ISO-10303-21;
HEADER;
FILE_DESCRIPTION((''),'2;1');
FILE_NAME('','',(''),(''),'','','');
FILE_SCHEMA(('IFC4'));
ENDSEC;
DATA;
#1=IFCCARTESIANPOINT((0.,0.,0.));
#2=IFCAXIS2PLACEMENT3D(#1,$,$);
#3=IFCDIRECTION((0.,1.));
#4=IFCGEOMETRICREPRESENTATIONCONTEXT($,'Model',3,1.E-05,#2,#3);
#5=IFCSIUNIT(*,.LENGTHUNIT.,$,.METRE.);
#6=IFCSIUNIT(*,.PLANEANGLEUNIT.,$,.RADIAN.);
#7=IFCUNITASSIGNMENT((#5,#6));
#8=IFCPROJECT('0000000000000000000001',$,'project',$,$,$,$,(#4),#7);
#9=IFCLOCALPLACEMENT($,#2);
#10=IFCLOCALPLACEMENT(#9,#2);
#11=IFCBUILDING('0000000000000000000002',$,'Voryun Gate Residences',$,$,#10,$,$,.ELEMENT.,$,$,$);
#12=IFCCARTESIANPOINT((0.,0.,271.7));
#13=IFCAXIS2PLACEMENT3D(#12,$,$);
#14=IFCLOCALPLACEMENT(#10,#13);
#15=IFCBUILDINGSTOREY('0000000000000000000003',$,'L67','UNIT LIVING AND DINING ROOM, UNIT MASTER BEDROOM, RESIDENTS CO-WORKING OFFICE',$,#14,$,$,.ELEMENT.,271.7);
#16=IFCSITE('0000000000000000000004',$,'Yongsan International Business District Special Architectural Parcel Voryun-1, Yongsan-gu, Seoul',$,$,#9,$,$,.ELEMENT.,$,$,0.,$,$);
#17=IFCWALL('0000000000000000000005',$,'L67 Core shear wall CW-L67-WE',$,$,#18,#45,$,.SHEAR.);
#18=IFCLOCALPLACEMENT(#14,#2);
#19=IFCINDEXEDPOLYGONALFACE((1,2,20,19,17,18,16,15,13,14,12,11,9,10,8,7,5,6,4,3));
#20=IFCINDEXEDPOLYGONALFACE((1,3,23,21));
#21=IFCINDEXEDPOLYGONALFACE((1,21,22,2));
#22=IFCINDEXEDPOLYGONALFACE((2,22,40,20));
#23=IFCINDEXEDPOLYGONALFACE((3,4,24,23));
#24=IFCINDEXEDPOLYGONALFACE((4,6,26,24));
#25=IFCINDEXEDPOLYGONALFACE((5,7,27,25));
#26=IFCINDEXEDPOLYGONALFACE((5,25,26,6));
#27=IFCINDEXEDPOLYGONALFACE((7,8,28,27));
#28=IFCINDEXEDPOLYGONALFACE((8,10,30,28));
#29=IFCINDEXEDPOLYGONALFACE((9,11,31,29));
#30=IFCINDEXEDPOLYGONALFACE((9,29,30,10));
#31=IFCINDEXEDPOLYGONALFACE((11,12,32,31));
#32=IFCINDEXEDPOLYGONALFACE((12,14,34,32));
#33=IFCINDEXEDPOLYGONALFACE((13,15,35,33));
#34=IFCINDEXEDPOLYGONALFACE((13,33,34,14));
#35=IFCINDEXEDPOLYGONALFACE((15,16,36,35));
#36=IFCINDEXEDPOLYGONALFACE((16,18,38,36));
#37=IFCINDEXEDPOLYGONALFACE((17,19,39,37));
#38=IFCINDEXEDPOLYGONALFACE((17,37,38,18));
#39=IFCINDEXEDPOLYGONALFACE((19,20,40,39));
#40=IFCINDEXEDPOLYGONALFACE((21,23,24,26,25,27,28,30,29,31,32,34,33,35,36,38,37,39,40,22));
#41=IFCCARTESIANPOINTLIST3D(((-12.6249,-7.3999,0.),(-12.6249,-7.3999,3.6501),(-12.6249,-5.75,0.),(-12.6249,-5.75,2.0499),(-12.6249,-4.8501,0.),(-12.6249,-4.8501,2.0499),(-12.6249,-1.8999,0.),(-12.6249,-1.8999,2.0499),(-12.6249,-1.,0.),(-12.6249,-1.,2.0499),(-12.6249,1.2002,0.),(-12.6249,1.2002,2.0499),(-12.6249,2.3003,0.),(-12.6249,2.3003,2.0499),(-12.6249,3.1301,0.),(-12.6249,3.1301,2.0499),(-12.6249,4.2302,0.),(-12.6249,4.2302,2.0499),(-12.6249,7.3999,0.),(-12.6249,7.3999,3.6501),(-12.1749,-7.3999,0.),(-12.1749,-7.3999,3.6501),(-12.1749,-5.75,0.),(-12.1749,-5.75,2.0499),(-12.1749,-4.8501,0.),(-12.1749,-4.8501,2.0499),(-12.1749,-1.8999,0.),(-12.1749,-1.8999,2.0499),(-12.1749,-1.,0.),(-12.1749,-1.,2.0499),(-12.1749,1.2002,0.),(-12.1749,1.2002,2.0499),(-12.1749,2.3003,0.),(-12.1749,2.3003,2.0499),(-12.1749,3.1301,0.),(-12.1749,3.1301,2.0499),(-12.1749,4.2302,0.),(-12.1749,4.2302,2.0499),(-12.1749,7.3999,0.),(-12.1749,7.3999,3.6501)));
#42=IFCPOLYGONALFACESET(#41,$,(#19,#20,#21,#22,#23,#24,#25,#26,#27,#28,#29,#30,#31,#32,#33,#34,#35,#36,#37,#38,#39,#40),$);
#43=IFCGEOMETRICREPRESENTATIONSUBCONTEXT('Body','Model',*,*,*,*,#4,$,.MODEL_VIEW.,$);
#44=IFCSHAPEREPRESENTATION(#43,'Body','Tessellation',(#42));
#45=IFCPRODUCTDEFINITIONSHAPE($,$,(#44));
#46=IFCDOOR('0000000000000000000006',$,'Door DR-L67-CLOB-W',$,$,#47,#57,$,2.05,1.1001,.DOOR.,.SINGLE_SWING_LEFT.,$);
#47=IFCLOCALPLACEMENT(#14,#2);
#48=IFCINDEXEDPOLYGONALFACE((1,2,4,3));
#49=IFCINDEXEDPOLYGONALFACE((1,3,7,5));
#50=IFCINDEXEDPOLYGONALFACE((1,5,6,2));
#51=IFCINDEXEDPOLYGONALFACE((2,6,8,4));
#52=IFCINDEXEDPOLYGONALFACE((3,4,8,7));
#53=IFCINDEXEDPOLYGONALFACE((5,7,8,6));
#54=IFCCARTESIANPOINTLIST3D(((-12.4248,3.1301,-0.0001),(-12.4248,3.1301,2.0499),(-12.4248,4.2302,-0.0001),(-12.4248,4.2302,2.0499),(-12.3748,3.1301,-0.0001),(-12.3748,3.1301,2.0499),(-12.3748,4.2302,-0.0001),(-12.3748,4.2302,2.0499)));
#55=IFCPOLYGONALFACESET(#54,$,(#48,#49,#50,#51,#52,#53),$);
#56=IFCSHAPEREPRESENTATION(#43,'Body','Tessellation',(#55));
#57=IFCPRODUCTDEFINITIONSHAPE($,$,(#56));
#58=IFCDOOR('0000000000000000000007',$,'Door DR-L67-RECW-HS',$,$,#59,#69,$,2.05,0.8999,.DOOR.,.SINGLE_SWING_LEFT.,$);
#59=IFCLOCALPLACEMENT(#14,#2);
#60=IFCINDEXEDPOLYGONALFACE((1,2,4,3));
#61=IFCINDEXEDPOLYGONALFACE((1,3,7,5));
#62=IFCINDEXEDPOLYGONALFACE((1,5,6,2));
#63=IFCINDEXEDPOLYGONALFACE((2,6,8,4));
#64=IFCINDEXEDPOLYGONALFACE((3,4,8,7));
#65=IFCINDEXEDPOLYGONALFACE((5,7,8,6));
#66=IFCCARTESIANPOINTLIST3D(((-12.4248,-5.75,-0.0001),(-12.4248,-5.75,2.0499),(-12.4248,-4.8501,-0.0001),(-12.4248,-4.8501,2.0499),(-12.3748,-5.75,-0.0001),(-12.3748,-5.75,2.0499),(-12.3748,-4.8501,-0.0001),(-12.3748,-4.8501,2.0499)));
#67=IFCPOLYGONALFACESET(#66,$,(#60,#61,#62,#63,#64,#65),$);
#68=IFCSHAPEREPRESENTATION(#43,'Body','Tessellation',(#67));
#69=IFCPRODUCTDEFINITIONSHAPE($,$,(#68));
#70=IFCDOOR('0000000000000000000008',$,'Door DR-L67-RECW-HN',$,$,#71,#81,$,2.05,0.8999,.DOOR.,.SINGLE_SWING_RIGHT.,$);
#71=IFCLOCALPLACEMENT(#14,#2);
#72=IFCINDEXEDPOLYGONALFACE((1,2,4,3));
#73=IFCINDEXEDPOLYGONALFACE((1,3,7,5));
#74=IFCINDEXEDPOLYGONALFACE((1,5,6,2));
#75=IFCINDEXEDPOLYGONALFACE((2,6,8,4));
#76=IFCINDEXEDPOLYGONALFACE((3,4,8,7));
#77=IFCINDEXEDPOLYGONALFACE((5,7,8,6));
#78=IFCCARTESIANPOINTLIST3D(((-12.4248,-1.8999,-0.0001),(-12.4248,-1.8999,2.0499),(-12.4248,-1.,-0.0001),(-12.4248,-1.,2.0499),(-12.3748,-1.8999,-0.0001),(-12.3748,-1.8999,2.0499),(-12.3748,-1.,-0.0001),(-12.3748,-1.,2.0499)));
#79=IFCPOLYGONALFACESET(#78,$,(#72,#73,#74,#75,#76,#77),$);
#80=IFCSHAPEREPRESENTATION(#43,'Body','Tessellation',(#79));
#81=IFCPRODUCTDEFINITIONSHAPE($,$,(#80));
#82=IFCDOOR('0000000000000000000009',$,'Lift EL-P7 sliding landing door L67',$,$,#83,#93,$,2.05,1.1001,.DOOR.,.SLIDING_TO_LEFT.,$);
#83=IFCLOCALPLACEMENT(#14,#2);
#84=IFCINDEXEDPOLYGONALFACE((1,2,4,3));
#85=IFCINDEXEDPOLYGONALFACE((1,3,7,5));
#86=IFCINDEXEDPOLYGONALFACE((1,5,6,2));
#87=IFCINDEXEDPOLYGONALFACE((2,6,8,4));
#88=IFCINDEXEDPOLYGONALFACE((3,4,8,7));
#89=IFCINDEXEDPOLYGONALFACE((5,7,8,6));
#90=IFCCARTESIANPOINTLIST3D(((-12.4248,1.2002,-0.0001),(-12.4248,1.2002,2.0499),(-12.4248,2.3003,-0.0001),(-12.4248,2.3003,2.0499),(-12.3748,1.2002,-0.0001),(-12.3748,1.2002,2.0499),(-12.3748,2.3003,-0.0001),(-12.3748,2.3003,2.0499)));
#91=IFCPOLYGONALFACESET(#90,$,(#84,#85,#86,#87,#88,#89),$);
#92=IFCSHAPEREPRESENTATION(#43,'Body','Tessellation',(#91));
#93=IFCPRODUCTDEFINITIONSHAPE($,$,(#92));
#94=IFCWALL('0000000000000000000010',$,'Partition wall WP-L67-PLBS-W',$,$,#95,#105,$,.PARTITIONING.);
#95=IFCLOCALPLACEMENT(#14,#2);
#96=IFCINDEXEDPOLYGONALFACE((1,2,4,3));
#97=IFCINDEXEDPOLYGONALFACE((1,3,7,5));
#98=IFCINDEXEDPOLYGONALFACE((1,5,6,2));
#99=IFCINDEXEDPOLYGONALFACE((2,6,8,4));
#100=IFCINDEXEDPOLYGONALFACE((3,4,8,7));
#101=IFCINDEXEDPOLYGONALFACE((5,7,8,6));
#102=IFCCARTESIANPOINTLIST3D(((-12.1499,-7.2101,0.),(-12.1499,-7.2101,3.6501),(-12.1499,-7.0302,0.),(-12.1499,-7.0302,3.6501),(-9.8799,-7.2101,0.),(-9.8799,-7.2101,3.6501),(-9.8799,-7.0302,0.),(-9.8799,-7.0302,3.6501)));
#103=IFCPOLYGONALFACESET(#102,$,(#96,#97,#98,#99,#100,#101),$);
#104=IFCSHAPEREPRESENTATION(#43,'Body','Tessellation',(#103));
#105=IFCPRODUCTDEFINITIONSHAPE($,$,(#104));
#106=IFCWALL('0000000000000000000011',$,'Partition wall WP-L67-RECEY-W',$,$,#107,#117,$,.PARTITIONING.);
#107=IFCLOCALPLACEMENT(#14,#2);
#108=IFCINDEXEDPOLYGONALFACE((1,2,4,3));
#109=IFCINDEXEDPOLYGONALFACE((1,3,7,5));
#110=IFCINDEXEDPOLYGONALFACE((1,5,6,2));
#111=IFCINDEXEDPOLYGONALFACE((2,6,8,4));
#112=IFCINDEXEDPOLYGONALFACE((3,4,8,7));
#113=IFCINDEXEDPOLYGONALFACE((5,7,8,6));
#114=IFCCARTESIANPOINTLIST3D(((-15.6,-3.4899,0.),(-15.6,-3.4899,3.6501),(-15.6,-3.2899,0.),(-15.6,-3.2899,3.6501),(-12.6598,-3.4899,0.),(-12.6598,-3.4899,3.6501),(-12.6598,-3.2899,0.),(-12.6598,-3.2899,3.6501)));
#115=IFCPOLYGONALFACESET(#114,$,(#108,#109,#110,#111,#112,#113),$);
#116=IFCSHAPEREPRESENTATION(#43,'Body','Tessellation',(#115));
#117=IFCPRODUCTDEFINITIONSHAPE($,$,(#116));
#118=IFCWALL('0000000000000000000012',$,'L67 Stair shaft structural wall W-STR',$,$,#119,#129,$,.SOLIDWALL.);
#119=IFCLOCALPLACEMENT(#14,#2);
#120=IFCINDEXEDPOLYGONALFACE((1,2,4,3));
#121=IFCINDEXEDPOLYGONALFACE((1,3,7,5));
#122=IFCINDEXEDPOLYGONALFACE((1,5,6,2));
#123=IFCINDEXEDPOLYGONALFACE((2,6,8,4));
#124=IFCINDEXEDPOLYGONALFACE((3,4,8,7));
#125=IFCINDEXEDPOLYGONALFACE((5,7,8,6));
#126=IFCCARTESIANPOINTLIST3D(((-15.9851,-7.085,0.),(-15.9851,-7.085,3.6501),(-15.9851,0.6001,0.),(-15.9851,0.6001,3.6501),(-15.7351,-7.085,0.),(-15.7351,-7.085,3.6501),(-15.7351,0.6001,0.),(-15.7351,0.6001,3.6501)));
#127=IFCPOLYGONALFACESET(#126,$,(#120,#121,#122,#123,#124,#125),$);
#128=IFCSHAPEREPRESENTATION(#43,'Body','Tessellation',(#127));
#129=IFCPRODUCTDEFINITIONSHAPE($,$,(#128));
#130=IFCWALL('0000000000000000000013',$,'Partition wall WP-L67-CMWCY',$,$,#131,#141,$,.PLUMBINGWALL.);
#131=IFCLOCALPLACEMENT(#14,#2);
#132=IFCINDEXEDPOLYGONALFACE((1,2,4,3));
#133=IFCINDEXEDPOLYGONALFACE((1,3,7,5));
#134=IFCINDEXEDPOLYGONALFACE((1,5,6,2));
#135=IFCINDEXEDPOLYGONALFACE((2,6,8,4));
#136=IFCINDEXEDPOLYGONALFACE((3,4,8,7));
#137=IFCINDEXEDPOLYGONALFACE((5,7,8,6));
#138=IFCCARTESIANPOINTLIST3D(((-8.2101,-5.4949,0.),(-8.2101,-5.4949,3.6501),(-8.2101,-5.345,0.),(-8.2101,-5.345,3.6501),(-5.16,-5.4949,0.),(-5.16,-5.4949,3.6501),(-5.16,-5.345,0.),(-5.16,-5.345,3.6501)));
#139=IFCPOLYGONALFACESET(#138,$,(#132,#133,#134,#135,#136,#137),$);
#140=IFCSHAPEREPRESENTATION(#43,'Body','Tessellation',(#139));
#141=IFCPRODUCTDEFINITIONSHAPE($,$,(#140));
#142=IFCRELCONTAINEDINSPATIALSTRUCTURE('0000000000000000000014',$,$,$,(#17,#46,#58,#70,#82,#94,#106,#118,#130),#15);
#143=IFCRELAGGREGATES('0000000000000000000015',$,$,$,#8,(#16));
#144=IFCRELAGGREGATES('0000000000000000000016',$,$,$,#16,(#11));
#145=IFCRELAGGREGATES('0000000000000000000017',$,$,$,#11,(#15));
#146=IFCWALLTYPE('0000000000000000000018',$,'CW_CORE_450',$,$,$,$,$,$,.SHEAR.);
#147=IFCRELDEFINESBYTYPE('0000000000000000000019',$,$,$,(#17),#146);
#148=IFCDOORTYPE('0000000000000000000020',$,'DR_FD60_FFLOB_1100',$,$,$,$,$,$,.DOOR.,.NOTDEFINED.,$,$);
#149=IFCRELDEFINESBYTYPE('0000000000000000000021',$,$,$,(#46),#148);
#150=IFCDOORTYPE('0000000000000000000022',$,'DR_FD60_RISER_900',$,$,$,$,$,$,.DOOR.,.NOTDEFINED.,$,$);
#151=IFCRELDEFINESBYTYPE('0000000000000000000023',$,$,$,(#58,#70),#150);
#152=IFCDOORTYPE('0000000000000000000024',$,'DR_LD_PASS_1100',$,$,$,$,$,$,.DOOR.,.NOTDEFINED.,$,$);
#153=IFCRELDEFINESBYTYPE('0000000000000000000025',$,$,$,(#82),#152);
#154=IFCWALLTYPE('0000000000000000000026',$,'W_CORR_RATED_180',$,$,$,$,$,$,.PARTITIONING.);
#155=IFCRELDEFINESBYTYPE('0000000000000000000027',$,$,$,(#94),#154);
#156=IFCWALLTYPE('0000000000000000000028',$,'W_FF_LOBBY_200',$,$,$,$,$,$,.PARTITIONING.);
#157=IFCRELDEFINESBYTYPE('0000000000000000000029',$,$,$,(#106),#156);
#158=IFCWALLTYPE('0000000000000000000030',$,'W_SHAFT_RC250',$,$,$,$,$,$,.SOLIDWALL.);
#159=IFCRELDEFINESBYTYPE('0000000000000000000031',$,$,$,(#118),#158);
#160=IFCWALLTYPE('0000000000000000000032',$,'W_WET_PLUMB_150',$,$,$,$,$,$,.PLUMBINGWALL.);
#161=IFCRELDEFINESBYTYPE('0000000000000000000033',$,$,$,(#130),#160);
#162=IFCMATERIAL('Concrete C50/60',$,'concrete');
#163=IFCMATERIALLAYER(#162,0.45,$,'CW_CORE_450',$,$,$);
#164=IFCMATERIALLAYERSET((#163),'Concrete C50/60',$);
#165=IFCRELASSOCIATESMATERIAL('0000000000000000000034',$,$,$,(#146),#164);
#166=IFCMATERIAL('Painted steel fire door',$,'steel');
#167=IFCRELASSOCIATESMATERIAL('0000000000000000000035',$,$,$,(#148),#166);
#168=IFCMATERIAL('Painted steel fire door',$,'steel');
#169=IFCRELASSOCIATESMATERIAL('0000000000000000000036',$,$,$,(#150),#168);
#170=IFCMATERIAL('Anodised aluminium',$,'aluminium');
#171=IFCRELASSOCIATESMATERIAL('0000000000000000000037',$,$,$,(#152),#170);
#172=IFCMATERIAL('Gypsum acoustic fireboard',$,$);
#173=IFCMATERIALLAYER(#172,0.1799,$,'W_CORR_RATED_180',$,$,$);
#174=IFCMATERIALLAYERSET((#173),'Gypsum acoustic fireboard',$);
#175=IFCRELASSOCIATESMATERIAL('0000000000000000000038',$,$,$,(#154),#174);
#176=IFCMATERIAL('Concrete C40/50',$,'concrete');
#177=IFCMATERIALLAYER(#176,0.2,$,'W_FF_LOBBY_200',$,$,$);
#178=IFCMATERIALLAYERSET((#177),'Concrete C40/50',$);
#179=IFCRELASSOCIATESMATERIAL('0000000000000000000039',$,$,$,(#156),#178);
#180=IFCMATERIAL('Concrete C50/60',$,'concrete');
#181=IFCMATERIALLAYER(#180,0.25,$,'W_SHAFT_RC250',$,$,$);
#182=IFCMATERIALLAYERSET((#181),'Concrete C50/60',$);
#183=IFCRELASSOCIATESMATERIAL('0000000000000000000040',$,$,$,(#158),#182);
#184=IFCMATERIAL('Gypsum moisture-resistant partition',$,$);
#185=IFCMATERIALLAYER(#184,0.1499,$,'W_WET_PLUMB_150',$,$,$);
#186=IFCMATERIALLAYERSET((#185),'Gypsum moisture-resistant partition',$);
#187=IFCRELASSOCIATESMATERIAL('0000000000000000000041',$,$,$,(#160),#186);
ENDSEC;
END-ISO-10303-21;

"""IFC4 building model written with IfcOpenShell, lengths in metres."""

from ifc_helpers import new_model, si_unit, direction, frame, frame_2d, origin, place, context, subcontext, project, spatial, rectangle, extrude, material, layer, layer_set, type_object, element, fill, save


model = new_model("IFC4")

# Units and contexts
model_context = context("Model", 3, precision=1e-05, world=origin(), true_north=direction((0.0, 1.0)))
body_context = subcontext(model_context, "Body", "Model", "MODEL_VIEW")
ifc_project = project(units=[si_unit("LENGTHUNIT", "METRE"), si_unit("PLANEANGLEUNIT", "RADIAN")], contexts=[model_context])

# Site, building, storey
site_placement = place(None, origin())
site = spatial("IfcSite", under=ifc_project, at=site_placement, Name="Yongsan International Business District Special Architectural Parcel Voryun-1, Yongsan-gu, Seoul", CompositionType="ELEMENT", RefElevation=0.0)
building_placement = place(site_placement, origin())
building = spatial("IfcBuilding", under=site, at=building_placement, Name="Voryun Gate Residences", CompositionType="ELEMENT")
storey_placement = place(building_placement, frame((0.0, 0.0, 271.7)))
storey = spatial("IfcBuildingStorey", under=building, at=storey_placement, Name="L67", Description="UNIT LIVING AND DINING ROOM, UNIT MASTER BEDROOM, RESIDENTS CO-WORKING OFFICE", CompositionType="ELEMENT", Elevation=271.7)

# Wall, openings, doors
ifc_material_1 = material(Name="Concrete C50/60", Category="concrete")
ifc_layer_1 = layer(ifc_material_1, 0.45, Name="CW_CORE_450")
ifc_layer_set_1 = layer_set([ifc_layer_1], Name="Concrete C50/60")
wall_type_1 = type_object("IfcWallType", Name="CW_CORE_450", PredefinedType="SHEAR", material=ifc_layer_set_1)
wall_1_placement = place(storey_placement, frame((-12.3999, -7.3999, 0.0), z_axis=(0.0, 0.0, 1.0), x_axis=(0.0, 1.0, 0.0)))
wall_1 = element("IfcWall", 1, at=wall_1_placement, inside=storey, type_object=wall_type_1, Name="L67 Core shear wall CW-L67-WE", PredefinedType="SHEAR", context=body_context, shape_type="SweptSolid", body=[
    extrude(rectangle(XDim=14.7998, YDim=0.45, at=frame_2d((7.3999, 0.0))), origin(), (0.0, 0.0, 1.0), 3.6501),
])
opening_1_placement = place(wall_1_placement, frame((8.6001, 0.0, 0.0)))
opening_1 = element("IfcOpeningElement", 2, at=opening_1_placement, cuts=wall_1, PredefinedType="OPENING", context=body_context, shape_type="SweptSolid", body=[
    extrude(rectangle(XDim=1.1001, YDim=2.05, at=frame_2d((0.55, 1.0249))), frame((0.0, 0.2351, 0.0), z_axis=(0.0, -1.0, 0.0), x_axis=(1.0, 0.0, 0.0)), (0.0, 0.0, 1.0), 0.47),
])
opening_2_placement = place(wall_1_placement, frame((10.53, 0.0, 0.0)))
opening_2 = element("IfcOpeningElement", 3, at=opening_2_placement, cuts=wall_1, PredefinedType="OPENING", context=body_context, shape_type="SweptSolid", body=[
    extrude(rectangle(XDim=1.1001, YDim=2.05, at=frame_2d((0.55, 1.0249))), frame((0.0, 0.2351, 0.0), z_axis=(0.0, -1.0, 0.0), x_axis=(1.0, 0.0, 0.0)), (0.0, 0.0, 1.0), 0.47),
])
opening_3_placement = place(wall_1_placement, frame((1.6499, 0.0, 0.0)))
opening_3 = element("IfcOpeningElement", 4, at=opening_3_placement, cuts=wall_1, PredefinedType="OPENING", context=body_context, shape_type="SweptSolid", body=[
    extrude(rectangle(XDim=0.8999, YDim=2.05, at=frame_2d((0.45, 1.0249))), frame((0.0, 0.2351, 0.0), z_axis=(0.0, -1.0, 0.0), x_axis=(1.0, 0.0, 0.0)), (0.0, 0.0, 1.0), 0.47),
])
opening_4_placement = place(wall_1_placement, frame((5.5, 0.0, 0.0)))
opening_4 = element("IfcOpeningElement", 5, at=opening_4_placement, cuts=wall_1, PredefinedType="OPENING", context=body_context, shape_type="SweptSolid", body=[
    extrude(rectangle(XDim=0.8999, YDim=2.05, at=frame_2d((0.45, 1.0249))), frame((0.0, 0.2351, 0.0), z_axis=(0.0, -1.0, 0.0), x_axis=(1.0, 0.0, 0.0)), (0.0, 0.0, 1.0), 0.47),
])
ifc_material_2 = material(Name="Painted steel fire door", Category="steel")
door_type_1 = type_object("IfcDoorType", Name="DR_FD60_FFLOB_1100", OperationType="NOTDEFINED", PredefinedType="DOOR", material=ifc_material_2)
door_1_placement = place(opening_2_placement, origin())
door_1 = element("IfcDoor", 6, at=door_1_placement, inside=storey, type_object=door_type_1, Name="Door DR-L67-CLOB-W", OperationType="SINGLE_SWING_LEFT", OverallHeight=2.05, OverallWidth=1.1001, PredefinedType="DOOR", context=body_context, shape_type="SweptSolid", body=[
    extrude(rectangle(XDim=1.1001, YDim=2.05, at=frame_2d((0.55, 1.0249))), frame((0.0, 0.0249, 0.0), z_axis=(0.0, -1.0, 0.0), x_axis=(1.0, 0.0, 0.0)), (0.0, 0.0, 1.0), 0.05),
])
fill(opening_2, door_1)
ifc_material_3 = material(Name="Painted steel fire door", Category="steel")
door_type_2 = type_object("IfcDoorType", Name="DR_FD60_RISER_900", OperationType="NOTDEFINED", PredefinedType="DOOR", material=ifc_material_3)
door_2_placement = place(opening_3_placement, origin())
door_2 = element("IfcDoor", 7, at=door_2_placement, inside=storey, type_object=door_type_2, Name="Door DR-L67-RECW-HS", OperationType="SINGLE_SWING_LEFT", OverallHeight=2.05, OverallWidth=0.8999, PredefinedType="DOOR", context=body_context, shape_type="SweptSolid", body=[
    extrude(rectangle(XDim=0.8999, YDim=2.05, at=frame_2d((0.45, 1.0249))), frame((0.0, 0.0249, 0.0), z_axis=(0.0, -1.0, 0.0), x_axis=(1.0, 0.0, 0.0)), (0.0, 0.0, 1.0), 0.05),
])
fill(opening_3, door_2)
door_3_placement = place(opening_4_placement, origin())
door_3 = element("IfcDoor", 8, at=door_3_placement, inside=storey, type_object=door_type_2, Name="Door DR-L67-RECW-HN", OperationType="SINGLE_SWING_RIGHT", OverallHeight=2.05, OverallWidth=0.8999, PredefinedType="DOOR", context=body_context, shape_type="SweptSolid", body=[
    extrude(rectangle(XDim=0.8999, YDim=2.05, at=frame_2d((0.45, 1.0249))), frame((0.0, 0.0249, 0.0), z_axis=(0.0, -1.0, 0.0), x_axis=(1.0, 0.0, 0.0)), (0.0, 0.0, 1.0), 0.05),
])
fill(opening_4, door_3)
ifc_material_4 = material(Name="Anodised aluminium", Category="aluminium")
door_type_3 = type_object("IfcDoorType", Name="DR_LD_PASS_1100", OperationType="NOTDEFINED", PredefinedType="DOOR", material=ifc_material_4)
door_4_placement = place(opening_1_placement, origin())
door_4 = element("IfcDoor", 9, at=door_4_placement, inside=storey, type_object=door_type_3, Name="Lift EL-P7 sliding landing door L67", OperationType="SLIDING_TO_LEFT", OverallHeight=2.05, OverallWidth=1.1001, PredefinedType="DOOR", context=body_context, shape_type="SweptSolid", body=[
    extrude(rectangle(XDim=1.1001, YDim=2.05, at=frame_2d((0.55, 1.0249))), frame((0.0, 0.0249, 0.0), z_axis=(0.0, -1.0, 0.0), x_axis=(1.0, 0.0, 0.0)), (0.0, 0.0, 1.0), 0.05),
])
fill(opening_1, door_4)

# Walls
ifc_material_5 = material(Name="Gypsum acoustic fireboard")
ifc_layer_2 = layer(ifc_material_5, 0.1799, Name="W_CORR_RATED_180")
ifc_layer_set_2 = layer_set([ifc_layer_2], Name="Gypsum acoustic fireboard")
wall_type_2 = type_object("IfcWallType", Name="W_CORR_RATED_180", PredefinedType="PARTITIONING", material=ifc_layer_set_2)
wall_2_placement = place(storey_placement, frame((-12.1499, -7.1201, 0.0), z_axis=(0.0, 0.0, 1.0), x_axis=(1.0, 0.0, 0.0)))
element("IfcWall", 10, at=wall_2_placement, inside=storey, type_object=wall_type_2, Name="Partition wall WP-L67-PLBS-W", PredefinedType="PARTITIONING", context=body_context, shape_type="SweptSolid", body=[
    extrude(rectangle(XDim=2.27, YDim=0.1799, at=frame_2d((1.135, 0.0))), origin(), (0.0, 0.0, 1.0), 3.6501),
])
ifc_material_6 = material(Name="Concrete C40/50", Category="concrete")
ifc_layer_3 = layer(ifc_material_6, 0.2, Name="W_FF_LOBBY_200")
ifc_layer_set_3 = layer_set([ifc_layer_3], Name="Concrete C40/50")
wall_type_3 = type_object("IfcWallType", Name="W_FF_LOBBY_200", PredefinedType="PARTITIONING", material=ifc_layer_set_3)
wall_3_placement = place(storey_placement, frame((-15.6001, -3.3899, 0.0), z_axis=(0.0, 0.0, 1.0), x_axis=(1.0, 0.0, 0.0)))
element("IfcWall", 11, at=wall_3_placement, inside=storey, type_object=wall_type_3, Name="Partition wall WP-L67-RECEY-W", PredefinedType="PARTITIONING", context=body_context, shape_type="SweptSolid", body=[
    extrude(rectangle(XDim=2.9402, YDim=0.2, at=frame_2d((1.4702, 0.0))), origin(), (0.0, 0.0, 1.0), 3.6501),
])
ifc_material_7 = material(Name="Concrete C50/60", Category="concrete")
ifc_layer_4 = layer(ifc_material_7, 0.25, Name="W_SHAFT_RC250")
ifc_layer_set_4 = layer_set([ifc_layer_4], Name="Concrete C50/60")
wall_type_4 = type_object("IfcWallType", Name="W_SHAFT_RC250", PredefinedType="SOLIDWALL", material=ifc_layer_set_4)
wall_4_placement = place(storey_placement, frame((-15.8601, -7.085, 0.0), z_axis=(0.0, 0.0, 1.0), x_axis=(0.0, 1.0, 0.0)))
element("IfcWall", 12, at=wall_4_placement, inside=storey, type_object=wall_type_4, Name="L67 Stair shaft structural wall W-STR", PredefinedType="SOLIDWALL", context=body_context, shape_type="SweptSolid", body=[
    extrude(rectangle(XDim=7.6851, YDim=0.25, at=frame_2d((3.8425, 0.0))), origin(), (0.0, 0.0, 1.0), 3.6501),
])
ifc_material_8 = material(Name="Gypsum moisture-resistant partition")
ifc_layer_5 = layer(ifc_material_8, 0.1499, Name="W_WET_PLUMB_150")
ifc_layer_set_5 = layer_set([ifc_layer_5], Name="Gypsum moisture-resistant partition")
wall_type_5 = type_object("IfcWallType", Name="W_WET_PLUMB_150", PredefinedType="PLUMBINGWALL", material=ifc_layer_set_5)
wall_5_placement = place(storey_placement, frame((-8.21, -5.4199, 0.0), z_axis=(0.0, 0.0, 1.0), x_axis=(1.0, 0.0, 0.0)))
element("IfcWall", 13, at=wall_5_placement, inside=storey, type_object=wall_type_5, Name="Partition wall WP-L67-CMWCY", PredefinedType="PLUMBINGWALL", context=body_context, shape_type="SweptSolid", body=[
    extrude(rectangle(XDim=3.05, YDim=0.1499, at=frame_2d((1.5249, 0.0))), origin(), (0.0, 0.0, 1.0), 3.6501),
])

save(model, "model.ifc")
